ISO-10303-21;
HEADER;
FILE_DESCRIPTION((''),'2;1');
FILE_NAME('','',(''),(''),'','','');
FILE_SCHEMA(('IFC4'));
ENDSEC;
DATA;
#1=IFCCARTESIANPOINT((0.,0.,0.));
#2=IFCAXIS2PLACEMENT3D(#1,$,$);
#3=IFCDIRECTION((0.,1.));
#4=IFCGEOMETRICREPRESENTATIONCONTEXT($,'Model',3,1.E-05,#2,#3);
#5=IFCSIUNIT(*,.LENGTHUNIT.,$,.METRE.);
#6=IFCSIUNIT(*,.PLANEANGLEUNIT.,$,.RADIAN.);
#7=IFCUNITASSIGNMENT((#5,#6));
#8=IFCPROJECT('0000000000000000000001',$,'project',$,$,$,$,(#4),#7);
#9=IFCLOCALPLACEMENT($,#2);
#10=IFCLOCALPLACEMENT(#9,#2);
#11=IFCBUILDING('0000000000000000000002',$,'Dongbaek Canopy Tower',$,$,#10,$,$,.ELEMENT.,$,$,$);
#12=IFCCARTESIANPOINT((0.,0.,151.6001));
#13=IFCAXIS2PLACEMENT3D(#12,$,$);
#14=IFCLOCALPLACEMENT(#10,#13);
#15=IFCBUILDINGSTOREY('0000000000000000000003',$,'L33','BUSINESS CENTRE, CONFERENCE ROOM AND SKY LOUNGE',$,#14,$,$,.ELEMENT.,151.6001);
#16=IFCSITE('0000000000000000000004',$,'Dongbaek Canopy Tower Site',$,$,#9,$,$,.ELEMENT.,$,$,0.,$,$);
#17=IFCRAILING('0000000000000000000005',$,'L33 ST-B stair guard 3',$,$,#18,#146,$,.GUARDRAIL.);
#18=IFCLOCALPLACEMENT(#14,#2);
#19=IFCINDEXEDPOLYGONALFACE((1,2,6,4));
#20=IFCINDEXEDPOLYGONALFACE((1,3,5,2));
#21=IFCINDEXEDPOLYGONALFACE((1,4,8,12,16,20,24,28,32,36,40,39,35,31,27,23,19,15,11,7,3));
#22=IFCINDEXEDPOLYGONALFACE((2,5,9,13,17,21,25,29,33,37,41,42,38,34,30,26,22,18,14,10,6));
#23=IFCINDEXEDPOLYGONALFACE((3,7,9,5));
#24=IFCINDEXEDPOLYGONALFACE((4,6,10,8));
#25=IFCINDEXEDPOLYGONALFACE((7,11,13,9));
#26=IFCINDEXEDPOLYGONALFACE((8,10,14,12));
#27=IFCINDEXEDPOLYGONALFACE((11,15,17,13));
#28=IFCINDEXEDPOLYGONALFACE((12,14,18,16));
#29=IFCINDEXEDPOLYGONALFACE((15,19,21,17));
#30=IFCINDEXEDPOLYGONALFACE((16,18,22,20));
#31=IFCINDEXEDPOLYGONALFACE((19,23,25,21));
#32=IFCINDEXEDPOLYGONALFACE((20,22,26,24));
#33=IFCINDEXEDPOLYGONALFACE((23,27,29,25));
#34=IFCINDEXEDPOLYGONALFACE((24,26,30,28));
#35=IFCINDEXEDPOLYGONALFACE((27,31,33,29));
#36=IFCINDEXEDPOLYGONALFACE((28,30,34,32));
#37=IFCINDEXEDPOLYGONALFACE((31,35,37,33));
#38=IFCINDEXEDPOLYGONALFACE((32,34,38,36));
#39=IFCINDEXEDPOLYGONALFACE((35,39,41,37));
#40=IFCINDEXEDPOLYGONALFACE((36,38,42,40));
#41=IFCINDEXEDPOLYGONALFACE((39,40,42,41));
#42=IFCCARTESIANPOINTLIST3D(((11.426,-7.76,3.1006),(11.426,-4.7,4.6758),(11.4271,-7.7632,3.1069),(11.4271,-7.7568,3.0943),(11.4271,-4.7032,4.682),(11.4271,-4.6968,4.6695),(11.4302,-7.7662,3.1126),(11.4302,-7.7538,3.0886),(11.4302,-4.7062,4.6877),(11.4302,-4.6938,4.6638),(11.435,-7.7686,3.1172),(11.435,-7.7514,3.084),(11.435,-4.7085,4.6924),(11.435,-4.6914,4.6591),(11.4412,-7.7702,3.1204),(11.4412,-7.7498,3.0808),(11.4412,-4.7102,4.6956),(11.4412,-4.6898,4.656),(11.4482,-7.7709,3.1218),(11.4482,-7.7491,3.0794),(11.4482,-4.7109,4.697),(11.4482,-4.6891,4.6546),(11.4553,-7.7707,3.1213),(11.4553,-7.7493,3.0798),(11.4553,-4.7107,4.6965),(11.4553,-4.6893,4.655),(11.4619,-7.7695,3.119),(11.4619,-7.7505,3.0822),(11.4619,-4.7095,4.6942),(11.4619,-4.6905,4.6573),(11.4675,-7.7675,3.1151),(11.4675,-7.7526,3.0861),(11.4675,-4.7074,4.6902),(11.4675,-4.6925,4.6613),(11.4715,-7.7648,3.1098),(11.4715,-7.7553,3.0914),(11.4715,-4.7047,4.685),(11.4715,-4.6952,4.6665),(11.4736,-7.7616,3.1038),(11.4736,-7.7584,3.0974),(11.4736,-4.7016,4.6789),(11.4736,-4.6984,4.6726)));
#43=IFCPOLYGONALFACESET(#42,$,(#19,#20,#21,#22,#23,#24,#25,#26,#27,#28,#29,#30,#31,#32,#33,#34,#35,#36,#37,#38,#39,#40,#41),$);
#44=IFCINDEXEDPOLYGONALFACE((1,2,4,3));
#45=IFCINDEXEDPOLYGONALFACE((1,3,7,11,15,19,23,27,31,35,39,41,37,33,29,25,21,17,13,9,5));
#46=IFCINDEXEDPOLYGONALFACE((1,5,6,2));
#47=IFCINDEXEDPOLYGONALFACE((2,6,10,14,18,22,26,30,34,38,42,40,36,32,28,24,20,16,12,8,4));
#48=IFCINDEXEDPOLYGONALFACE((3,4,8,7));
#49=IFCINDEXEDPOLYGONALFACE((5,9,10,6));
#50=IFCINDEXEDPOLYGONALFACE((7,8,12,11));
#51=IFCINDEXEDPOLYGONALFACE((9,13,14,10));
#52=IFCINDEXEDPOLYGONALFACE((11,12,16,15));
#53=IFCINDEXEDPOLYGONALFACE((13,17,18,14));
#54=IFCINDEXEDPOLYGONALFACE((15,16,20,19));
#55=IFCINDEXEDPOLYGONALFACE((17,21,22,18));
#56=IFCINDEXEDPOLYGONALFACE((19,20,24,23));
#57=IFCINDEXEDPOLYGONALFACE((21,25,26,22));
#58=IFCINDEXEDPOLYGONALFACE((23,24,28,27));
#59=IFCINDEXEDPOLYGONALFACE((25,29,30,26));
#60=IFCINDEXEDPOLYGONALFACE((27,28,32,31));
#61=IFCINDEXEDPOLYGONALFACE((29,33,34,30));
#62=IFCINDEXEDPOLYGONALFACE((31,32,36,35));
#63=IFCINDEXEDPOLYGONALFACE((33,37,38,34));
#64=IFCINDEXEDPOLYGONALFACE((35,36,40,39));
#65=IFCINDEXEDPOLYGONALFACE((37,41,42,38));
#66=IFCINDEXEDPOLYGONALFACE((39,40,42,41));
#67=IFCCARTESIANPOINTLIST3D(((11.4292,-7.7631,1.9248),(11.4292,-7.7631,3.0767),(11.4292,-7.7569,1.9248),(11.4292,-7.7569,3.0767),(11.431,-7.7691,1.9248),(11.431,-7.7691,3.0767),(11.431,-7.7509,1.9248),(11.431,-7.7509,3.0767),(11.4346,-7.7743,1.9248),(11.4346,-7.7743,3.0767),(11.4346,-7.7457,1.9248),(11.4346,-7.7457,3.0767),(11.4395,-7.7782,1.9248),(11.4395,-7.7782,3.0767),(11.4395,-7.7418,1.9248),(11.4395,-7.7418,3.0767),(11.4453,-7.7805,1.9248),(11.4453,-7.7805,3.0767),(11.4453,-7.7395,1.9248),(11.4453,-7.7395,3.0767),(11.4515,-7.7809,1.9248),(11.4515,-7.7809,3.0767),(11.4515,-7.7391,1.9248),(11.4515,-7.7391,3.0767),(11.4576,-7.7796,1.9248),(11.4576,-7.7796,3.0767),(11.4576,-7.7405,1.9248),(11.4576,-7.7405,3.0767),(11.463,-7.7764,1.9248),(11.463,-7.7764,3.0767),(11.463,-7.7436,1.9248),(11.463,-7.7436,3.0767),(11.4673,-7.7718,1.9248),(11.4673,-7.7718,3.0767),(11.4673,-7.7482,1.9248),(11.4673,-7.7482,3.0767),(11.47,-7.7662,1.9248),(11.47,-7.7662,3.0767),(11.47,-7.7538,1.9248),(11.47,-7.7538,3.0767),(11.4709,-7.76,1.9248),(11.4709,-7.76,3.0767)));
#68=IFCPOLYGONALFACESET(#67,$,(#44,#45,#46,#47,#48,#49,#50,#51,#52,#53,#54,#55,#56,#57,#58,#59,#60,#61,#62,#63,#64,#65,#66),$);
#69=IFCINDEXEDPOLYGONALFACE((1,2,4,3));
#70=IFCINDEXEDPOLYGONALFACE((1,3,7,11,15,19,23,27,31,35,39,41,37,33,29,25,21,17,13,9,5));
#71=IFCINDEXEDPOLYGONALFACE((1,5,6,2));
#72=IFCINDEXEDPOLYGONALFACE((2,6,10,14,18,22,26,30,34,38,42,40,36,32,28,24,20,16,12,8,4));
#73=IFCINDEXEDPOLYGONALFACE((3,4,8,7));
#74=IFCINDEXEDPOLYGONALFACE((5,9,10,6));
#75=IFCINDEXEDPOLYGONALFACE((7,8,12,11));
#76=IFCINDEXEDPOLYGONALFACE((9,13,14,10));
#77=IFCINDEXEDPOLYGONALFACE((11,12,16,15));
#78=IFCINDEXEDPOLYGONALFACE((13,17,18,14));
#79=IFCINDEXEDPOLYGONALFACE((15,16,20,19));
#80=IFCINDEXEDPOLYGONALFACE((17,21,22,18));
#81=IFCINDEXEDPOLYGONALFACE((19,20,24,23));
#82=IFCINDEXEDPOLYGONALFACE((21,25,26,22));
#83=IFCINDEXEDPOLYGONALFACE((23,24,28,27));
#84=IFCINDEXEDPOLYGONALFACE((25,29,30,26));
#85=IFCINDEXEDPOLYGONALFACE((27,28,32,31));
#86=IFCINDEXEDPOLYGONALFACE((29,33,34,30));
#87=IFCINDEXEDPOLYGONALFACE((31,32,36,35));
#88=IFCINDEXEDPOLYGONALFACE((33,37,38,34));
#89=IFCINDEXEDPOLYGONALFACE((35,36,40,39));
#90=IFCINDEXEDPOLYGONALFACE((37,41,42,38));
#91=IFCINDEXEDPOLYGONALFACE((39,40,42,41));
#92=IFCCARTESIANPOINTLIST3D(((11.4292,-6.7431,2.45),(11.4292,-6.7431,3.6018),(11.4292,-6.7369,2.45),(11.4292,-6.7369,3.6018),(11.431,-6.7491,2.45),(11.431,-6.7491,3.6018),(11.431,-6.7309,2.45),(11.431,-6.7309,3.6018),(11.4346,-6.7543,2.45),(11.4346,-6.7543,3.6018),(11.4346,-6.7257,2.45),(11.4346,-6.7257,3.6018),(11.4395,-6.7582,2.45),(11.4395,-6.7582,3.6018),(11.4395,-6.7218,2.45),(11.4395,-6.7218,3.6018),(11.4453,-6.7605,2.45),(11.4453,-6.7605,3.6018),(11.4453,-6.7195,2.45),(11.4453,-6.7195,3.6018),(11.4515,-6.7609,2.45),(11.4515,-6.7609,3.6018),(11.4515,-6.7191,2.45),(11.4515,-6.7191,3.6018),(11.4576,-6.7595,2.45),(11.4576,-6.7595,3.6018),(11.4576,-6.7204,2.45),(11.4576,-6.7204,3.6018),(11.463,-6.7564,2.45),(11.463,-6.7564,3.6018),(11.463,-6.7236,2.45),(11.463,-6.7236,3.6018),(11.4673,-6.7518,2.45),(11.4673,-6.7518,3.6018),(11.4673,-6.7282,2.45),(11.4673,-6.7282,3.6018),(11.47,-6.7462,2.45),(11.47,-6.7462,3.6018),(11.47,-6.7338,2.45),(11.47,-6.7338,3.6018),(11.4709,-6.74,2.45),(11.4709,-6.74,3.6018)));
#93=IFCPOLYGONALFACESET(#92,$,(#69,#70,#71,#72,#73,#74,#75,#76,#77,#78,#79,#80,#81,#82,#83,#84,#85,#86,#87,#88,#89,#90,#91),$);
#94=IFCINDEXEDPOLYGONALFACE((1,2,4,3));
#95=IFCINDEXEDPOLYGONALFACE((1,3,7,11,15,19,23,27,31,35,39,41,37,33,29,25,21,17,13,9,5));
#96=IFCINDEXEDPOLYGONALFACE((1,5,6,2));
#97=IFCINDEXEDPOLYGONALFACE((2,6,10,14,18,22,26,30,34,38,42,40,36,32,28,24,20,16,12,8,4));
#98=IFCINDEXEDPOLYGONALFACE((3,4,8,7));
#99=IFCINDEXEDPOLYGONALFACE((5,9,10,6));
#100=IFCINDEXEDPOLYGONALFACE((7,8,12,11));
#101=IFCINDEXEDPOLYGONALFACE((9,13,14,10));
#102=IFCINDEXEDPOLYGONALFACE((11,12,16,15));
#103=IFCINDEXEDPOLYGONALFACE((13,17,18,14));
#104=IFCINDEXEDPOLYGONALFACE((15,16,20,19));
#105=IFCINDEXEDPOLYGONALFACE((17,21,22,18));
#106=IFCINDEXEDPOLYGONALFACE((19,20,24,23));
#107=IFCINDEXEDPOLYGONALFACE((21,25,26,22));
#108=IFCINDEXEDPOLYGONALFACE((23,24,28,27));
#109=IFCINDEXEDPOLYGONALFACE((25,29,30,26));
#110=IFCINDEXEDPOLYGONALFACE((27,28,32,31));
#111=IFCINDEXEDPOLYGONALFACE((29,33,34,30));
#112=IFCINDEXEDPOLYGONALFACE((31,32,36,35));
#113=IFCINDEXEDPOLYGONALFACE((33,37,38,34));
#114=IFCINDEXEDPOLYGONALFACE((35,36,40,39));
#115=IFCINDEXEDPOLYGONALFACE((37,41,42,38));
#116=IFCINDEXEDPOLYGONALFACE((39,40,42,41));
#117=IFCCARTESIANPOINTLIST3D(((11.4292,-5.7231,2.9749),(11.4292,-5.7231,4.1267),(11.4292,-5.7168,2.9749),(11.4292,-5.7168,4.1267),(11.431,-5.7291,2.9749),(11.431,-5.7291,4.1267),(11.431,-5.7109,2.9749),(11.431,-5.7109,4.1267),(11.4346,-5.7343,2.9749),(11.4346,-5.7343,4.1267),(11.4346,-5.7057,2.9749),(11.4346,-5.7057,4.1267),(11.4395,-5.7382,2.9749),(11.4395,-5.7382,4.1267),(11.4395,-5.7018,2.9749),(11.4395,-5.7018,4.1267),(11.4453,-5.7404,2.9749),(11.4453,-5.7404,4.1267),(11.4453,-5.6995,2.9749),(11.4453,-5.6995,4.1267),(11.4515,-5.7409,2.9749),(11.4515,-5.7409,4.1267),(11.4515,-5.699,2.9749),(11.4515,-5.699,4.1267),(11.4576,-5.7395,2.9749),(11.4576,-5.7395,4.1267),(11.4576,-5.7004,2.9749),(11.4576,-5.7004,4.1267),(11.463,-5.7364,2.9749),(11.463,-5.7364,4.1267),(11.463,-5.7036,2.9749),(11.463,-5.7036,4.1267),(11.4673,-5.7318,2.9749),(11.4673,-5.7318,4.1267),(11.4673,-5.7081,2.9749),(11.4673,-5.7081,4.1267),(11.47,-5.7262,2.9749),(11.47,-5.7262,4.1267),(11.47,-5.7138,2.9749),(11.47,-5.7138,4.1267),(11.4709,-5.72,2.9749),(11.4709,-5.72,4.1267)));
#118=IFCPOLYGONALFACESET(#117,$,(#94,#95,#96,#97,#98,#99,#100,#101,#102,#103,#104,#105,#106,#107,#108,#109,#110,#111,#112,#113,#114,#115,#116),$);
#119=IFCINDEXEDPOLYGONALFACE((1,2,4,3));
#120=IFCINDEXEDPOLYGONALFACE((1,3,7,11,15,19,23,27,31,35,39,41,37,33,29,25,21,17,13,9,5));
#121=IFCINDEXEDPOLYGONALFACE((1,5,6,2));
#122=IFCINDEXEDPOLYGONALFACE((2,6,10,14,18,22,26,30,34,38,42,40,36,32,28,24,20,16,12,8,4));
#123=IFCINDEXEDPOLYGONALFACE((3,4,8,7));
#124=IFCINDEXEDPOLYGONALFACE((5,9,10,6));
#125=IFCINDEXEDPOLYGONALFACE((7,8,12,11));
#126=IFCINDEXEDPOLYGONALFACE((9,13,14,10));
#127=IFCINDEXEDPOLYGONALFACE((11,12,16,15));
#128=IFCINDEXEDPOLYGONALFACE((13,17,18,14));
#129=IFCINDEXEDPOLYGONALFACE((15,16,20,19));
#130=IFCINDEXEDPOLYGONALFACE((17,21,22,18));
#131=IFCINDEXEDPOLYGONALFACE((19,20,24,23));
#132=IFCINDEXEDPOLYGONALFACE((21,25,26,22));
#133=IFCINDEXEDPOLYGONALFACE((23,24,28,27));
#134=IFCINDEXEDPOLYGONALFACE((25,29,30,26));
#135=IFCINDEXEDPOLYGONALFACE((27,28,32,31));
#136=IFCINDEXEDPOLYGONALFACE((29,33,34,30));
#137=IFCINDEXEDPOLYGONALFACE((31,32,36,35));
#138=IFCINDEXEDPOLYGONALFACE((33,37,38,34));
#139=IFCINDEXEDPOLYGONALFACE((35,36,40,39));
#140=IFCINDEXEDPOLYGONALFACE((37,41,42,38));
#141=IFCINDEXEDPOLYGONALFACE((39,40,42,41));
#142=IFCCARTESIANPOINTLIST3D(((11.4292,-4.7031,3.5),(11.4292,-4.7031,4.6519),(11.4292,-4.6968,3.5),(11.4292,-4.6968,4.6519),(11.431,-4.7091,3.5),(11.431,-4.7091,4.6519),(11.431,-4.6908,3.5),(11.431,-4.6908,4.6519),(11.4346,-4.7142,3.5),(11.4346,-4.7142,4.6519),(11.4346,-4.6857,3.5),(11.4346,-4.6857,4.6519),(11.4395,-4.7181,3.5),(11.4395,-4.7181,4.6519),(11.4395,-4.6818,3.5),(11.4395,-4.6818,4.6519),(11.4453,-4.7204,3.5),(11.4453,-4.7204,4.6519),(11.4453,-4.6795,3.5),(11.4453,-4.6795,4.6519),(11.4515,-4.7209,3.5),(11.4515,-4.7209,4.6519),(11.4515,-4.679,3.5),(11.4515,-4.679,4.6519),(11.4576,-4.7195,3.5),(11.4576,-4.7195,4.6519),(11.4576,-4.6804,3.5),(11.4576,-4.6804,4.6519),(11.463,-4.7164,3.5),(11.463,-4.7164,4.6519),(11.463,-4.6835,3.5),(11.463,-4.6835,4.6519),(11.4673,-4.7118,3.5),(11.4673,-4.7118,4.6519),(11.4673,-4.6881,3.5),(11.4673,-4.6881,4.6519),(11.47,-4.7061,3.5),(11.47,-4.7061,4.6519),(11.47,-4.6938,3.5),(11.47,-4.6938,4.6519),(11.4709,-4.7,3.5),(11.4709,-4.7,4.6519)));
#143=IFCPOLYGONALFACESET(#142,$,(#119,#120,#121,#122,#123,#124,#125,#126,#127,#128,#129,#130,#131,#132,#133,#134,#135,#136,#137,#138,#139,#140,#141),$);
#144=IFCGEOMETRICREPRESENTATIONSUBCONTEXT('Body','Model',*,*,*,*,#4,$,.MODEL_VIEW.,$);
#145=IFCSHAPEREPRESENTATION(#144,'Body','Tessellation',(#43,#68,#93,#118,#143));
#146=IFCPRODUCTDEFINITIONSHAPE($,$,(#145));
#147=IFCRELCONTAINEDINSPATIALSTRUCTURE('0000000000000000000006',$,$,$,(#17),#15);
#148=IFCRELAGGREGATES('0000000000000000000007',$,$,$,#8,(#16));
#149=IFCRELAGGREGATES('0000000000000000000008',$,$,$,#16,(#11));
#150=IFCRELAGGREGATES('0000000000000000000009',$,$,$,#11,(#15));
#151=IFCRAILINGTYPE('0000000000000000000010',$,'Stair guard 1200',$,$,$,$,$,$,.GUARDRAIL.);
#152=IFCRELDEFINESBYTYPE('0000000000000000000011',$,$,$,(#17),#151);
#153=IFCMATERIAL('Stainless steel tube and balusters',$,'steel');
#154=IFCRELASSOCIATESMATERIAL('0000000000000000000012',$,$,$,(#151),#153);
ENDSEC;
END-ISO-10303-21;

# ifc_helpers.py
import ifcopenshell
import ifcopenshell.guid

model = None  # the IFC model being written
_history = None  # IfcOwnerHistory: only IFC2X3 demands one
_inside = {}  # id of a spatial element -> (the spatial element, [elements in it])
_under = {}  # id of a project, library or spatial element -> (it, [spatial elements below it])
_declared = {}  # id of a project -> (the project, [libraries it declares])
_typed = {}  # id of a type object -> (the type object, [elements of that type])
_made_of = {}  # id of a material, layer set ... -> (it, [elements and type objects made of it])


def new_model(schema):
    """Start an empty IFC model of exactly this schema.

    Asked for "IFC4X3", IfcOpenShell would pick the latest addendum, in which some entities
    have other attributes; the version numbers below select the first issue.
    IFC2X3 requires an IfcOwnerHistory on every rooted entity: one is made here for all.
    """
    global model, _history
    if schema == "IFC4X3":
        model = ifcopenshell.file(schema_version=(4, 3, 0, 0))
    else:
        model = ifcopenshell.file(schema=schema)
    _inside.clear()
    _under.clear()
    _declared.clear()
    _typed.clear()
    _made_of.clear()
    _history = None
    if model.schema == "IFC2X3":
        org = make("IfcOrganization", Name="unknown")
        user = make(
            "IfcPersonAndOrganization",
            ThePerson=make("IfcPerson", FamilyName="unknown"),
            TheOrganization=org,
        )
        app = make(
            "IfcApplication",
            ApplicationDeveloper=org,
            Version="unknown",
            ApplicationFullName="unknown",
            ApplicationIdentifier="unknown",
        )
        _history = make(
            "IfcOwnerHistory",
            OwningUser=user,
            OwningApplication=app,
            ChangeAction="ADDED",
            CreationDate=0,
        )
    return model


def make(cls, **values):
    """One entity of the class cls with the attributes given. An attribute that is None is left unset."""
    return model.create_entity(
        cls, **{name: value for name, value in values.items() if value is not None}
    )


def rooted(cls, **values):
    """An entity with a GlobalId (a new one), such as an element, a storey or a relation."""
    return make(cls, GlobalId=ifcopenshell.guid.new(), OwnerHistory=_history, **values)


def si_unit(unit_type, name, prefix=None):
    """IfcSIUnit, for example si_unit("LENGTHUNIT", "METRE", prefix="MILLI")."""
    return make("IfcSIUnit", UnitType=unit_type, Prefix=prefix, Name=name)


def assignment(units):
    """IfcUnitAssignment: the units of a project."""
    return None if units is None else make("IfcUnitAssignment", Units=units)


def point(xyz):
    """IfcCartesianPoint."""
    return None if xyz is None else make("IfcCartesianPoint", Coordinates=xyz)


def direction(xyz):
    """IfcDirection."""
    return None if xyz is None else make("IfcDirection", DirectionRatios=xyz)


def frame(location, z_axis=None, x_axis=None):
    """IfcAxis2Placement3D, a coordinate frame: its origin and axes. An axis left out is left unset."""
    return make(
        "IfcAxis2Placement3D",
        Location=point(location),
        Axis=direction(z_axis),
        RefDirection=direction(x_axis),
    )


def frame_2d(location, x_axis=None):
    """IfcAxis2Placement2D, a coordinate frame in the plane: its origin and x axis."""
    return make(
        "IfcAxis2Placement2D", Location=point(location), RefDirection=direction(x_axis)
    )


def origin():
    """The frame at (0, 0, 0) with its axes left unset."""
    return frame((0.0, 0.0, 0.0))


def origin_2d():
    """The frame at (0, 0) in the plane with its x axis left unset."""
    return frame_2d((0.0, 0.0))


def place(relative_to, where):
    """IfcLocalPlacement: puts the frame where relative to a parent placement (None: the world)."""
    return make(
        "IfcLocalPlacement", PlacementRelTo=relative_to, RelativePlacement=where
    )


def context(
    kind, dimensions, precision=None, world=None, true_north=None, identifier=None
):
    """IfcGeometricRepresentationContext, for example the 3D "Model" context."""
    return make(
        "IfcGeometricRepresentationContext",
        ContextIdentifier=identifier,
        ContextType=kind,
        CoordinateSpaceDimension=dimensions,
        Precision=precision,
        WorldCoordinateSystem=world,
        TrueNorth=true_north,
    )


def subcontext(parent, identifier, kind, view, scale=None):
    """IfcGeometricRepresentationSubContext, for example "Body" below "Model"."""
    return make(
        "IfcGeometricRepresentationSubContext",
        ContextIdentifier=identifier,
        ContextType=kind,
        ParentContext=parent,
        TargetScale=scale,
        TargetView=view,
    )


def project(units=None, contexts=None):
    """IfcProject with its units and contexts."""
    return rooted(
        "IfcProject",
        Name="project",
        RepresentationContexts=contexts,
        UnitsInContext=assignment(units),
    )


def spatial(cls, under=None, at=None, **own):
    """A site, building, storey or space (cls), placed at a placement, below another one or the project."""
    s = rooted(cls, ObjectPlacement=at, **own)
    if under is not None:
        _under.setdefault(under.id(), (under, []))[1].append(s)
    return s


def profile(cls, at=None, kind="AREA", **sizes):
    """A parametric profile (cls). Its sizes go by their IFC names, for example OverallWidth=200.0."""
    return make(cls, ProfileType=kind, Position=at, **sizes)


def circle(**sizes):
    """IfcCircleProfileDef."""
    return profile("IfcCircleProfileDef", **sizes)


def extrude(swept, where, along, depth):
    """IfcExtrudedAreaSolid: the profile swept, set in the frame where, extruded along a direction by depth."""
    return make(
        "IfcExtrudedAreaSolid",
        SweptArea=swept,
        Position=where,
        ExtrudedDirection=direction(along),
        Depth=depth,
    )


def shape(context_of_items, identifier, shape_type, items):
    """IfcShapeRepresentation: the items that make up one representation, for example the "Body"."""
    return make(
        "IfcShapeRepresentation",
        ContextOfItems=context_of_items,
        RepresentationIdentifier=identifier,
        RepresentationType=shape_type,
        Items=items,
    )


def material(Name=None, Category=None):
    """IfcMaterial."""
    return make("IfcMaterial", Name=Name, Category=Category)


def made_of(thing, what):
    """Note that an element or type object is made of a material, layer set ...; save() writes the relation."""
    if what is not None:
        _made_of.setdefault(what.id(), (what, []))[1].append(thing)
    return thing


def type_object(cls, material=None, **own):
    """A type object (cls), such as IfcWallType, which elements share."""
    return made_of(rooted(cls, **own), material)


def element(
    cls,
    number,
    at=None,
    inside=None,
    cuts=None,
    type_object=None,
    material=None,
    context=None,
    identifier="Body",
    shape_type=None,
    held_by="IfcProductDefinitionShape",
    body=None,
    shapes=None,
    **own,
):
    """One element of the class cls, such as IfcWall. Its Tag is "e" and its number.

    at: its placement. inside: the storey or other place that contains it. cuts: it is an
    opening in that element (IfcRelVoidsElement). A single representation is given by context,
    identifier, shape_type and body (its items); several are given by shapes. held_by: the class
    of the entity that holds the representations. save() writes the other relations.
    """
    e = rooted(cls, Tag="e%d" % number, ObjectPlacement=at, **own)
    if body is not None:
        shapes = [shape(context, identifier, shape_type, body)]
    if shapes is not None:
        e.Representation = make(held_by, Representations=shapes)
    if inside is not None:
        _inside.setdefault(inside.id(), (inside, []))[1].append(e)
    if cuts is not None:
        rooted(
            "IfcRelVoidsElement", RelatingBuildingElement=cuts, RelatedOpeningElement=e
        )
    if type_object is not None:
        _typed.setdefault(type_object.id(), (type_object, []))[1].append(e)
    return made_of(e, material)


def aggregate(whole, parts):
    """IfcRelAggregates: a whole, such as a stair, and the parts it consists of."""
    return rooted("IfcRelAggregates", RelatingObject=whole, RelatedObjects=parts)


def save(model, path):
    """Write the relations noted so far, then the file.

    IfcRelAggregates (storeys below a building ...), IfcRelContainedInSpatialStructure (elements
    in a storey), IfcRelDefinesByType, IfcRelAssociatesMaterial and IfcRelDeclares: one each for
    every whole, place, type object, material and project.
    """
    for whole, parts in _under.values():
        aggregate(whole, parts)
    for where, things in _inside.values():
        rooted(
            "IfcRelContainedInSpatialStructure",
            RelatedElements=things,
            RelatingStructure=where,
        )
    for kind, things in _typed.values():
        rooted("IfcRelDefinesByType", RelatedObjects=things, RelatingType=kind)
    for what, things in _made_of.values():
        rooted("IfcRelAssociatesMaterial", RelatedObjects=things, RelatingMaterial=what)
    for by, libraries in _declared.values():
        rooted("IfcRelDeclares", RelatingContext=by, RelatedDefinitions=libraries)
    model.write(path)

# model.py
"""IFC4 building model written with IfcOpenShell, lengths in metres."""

from ifc_helpers import new_model, si_unit, direction, frame, origin, origin_2d, place, context, subcontext, project, spatial, circle, extrude, material, type_object, element, save


model = new_model("IFC4")

# Units and contexts
model_context = context("Model", 3, precision=1e-05, world=origin(), true_north=direction((0.0, 1.0)))
body_context = subcontext(model_context, "Body", "Model", "MODEL_VIEW")
ifc_project = project(units=[si_unit("LENGTHUNIT", "METRE"), si_unit("PLANEANGLEUNIT", "RADIAN")], contexts=[model_context])

# Site, building, storey
site_placement = place(None, origin())
site = spatial("IfcSite", under=ifc_project, at=site_placement, Name="Dongbaek Canopy Tower Site", CompositionType="ELEMENT", RefElevation=0.0)
building_placement = place(site_placement, origin())
building = spatial("IfcBuilding", under=site, at=building_placement, Name="Dongbaek Canopy Tower", CompositionType="ELEMENT")
storey_placement = place(building_placement, frame((0.0, 0.0, 151.6001)))
storey = spatial("IfcBuildingStorey", under=building, at=storey_placement, Name="L33", Description="BUSINESS CENTRE, CONFERENCE ROOM AND SKY LOUNGE", CompositionType="ELEMENT", Elevation=151.6001)

# Railing
ifc_material_1 = material(Name="Stainless steel tube and balusters", Category="steel")
railing_type_1 = type_object("IfcRailingType", Name="Stair guard 1200", PredefinedType="GUARDRAIL", material=ifc_material_1)
railing_1_placement = place(storey_placement, frame((11.45, -7.76, 1.9248)))
element("IfcRailing", 1, at=railing_1_placement, inside=storey, type_object=railing_type_1, Name="L33 ST-B stair guard 3", PredefinedType="GUARDRAIL", context=body_context, shape_type="SweptSolid", body=[
    extrude(circle(Radius=0.0239, at=origin_2d()), frame((0.0, 0.0, 1.1758), z_axis=(0.0, 0.889116, 0.457681), x_axis=(-1.0, 0.0, 0.0)), (0.0, 0.0, 1.0), 3.4417),
    extrude(circle(Radius=0.021, at=origin_2d()), origin(), (0.0, 0.0, 1.0), 1.1519),
    extrude(circle(Radius=0.021, at=origin_2d()), frame((0.0, 1.02, 0.5251)), (0.0, 0.0, 1.0), 1.1519),
    extrude(circle(Radius=0.021, at=origin_2d()), frame((0.0, 2.04, 1.05)), (0.0, 0.0, 1.0), 1.1519),
    extrude(circle(Radius=0.021, at=origin_2d()), frame((0.0, 3.0601, 1.5752)), (0.0, 0.0, 1.0), 1.1519),
])

save(model, "model.ifc")
